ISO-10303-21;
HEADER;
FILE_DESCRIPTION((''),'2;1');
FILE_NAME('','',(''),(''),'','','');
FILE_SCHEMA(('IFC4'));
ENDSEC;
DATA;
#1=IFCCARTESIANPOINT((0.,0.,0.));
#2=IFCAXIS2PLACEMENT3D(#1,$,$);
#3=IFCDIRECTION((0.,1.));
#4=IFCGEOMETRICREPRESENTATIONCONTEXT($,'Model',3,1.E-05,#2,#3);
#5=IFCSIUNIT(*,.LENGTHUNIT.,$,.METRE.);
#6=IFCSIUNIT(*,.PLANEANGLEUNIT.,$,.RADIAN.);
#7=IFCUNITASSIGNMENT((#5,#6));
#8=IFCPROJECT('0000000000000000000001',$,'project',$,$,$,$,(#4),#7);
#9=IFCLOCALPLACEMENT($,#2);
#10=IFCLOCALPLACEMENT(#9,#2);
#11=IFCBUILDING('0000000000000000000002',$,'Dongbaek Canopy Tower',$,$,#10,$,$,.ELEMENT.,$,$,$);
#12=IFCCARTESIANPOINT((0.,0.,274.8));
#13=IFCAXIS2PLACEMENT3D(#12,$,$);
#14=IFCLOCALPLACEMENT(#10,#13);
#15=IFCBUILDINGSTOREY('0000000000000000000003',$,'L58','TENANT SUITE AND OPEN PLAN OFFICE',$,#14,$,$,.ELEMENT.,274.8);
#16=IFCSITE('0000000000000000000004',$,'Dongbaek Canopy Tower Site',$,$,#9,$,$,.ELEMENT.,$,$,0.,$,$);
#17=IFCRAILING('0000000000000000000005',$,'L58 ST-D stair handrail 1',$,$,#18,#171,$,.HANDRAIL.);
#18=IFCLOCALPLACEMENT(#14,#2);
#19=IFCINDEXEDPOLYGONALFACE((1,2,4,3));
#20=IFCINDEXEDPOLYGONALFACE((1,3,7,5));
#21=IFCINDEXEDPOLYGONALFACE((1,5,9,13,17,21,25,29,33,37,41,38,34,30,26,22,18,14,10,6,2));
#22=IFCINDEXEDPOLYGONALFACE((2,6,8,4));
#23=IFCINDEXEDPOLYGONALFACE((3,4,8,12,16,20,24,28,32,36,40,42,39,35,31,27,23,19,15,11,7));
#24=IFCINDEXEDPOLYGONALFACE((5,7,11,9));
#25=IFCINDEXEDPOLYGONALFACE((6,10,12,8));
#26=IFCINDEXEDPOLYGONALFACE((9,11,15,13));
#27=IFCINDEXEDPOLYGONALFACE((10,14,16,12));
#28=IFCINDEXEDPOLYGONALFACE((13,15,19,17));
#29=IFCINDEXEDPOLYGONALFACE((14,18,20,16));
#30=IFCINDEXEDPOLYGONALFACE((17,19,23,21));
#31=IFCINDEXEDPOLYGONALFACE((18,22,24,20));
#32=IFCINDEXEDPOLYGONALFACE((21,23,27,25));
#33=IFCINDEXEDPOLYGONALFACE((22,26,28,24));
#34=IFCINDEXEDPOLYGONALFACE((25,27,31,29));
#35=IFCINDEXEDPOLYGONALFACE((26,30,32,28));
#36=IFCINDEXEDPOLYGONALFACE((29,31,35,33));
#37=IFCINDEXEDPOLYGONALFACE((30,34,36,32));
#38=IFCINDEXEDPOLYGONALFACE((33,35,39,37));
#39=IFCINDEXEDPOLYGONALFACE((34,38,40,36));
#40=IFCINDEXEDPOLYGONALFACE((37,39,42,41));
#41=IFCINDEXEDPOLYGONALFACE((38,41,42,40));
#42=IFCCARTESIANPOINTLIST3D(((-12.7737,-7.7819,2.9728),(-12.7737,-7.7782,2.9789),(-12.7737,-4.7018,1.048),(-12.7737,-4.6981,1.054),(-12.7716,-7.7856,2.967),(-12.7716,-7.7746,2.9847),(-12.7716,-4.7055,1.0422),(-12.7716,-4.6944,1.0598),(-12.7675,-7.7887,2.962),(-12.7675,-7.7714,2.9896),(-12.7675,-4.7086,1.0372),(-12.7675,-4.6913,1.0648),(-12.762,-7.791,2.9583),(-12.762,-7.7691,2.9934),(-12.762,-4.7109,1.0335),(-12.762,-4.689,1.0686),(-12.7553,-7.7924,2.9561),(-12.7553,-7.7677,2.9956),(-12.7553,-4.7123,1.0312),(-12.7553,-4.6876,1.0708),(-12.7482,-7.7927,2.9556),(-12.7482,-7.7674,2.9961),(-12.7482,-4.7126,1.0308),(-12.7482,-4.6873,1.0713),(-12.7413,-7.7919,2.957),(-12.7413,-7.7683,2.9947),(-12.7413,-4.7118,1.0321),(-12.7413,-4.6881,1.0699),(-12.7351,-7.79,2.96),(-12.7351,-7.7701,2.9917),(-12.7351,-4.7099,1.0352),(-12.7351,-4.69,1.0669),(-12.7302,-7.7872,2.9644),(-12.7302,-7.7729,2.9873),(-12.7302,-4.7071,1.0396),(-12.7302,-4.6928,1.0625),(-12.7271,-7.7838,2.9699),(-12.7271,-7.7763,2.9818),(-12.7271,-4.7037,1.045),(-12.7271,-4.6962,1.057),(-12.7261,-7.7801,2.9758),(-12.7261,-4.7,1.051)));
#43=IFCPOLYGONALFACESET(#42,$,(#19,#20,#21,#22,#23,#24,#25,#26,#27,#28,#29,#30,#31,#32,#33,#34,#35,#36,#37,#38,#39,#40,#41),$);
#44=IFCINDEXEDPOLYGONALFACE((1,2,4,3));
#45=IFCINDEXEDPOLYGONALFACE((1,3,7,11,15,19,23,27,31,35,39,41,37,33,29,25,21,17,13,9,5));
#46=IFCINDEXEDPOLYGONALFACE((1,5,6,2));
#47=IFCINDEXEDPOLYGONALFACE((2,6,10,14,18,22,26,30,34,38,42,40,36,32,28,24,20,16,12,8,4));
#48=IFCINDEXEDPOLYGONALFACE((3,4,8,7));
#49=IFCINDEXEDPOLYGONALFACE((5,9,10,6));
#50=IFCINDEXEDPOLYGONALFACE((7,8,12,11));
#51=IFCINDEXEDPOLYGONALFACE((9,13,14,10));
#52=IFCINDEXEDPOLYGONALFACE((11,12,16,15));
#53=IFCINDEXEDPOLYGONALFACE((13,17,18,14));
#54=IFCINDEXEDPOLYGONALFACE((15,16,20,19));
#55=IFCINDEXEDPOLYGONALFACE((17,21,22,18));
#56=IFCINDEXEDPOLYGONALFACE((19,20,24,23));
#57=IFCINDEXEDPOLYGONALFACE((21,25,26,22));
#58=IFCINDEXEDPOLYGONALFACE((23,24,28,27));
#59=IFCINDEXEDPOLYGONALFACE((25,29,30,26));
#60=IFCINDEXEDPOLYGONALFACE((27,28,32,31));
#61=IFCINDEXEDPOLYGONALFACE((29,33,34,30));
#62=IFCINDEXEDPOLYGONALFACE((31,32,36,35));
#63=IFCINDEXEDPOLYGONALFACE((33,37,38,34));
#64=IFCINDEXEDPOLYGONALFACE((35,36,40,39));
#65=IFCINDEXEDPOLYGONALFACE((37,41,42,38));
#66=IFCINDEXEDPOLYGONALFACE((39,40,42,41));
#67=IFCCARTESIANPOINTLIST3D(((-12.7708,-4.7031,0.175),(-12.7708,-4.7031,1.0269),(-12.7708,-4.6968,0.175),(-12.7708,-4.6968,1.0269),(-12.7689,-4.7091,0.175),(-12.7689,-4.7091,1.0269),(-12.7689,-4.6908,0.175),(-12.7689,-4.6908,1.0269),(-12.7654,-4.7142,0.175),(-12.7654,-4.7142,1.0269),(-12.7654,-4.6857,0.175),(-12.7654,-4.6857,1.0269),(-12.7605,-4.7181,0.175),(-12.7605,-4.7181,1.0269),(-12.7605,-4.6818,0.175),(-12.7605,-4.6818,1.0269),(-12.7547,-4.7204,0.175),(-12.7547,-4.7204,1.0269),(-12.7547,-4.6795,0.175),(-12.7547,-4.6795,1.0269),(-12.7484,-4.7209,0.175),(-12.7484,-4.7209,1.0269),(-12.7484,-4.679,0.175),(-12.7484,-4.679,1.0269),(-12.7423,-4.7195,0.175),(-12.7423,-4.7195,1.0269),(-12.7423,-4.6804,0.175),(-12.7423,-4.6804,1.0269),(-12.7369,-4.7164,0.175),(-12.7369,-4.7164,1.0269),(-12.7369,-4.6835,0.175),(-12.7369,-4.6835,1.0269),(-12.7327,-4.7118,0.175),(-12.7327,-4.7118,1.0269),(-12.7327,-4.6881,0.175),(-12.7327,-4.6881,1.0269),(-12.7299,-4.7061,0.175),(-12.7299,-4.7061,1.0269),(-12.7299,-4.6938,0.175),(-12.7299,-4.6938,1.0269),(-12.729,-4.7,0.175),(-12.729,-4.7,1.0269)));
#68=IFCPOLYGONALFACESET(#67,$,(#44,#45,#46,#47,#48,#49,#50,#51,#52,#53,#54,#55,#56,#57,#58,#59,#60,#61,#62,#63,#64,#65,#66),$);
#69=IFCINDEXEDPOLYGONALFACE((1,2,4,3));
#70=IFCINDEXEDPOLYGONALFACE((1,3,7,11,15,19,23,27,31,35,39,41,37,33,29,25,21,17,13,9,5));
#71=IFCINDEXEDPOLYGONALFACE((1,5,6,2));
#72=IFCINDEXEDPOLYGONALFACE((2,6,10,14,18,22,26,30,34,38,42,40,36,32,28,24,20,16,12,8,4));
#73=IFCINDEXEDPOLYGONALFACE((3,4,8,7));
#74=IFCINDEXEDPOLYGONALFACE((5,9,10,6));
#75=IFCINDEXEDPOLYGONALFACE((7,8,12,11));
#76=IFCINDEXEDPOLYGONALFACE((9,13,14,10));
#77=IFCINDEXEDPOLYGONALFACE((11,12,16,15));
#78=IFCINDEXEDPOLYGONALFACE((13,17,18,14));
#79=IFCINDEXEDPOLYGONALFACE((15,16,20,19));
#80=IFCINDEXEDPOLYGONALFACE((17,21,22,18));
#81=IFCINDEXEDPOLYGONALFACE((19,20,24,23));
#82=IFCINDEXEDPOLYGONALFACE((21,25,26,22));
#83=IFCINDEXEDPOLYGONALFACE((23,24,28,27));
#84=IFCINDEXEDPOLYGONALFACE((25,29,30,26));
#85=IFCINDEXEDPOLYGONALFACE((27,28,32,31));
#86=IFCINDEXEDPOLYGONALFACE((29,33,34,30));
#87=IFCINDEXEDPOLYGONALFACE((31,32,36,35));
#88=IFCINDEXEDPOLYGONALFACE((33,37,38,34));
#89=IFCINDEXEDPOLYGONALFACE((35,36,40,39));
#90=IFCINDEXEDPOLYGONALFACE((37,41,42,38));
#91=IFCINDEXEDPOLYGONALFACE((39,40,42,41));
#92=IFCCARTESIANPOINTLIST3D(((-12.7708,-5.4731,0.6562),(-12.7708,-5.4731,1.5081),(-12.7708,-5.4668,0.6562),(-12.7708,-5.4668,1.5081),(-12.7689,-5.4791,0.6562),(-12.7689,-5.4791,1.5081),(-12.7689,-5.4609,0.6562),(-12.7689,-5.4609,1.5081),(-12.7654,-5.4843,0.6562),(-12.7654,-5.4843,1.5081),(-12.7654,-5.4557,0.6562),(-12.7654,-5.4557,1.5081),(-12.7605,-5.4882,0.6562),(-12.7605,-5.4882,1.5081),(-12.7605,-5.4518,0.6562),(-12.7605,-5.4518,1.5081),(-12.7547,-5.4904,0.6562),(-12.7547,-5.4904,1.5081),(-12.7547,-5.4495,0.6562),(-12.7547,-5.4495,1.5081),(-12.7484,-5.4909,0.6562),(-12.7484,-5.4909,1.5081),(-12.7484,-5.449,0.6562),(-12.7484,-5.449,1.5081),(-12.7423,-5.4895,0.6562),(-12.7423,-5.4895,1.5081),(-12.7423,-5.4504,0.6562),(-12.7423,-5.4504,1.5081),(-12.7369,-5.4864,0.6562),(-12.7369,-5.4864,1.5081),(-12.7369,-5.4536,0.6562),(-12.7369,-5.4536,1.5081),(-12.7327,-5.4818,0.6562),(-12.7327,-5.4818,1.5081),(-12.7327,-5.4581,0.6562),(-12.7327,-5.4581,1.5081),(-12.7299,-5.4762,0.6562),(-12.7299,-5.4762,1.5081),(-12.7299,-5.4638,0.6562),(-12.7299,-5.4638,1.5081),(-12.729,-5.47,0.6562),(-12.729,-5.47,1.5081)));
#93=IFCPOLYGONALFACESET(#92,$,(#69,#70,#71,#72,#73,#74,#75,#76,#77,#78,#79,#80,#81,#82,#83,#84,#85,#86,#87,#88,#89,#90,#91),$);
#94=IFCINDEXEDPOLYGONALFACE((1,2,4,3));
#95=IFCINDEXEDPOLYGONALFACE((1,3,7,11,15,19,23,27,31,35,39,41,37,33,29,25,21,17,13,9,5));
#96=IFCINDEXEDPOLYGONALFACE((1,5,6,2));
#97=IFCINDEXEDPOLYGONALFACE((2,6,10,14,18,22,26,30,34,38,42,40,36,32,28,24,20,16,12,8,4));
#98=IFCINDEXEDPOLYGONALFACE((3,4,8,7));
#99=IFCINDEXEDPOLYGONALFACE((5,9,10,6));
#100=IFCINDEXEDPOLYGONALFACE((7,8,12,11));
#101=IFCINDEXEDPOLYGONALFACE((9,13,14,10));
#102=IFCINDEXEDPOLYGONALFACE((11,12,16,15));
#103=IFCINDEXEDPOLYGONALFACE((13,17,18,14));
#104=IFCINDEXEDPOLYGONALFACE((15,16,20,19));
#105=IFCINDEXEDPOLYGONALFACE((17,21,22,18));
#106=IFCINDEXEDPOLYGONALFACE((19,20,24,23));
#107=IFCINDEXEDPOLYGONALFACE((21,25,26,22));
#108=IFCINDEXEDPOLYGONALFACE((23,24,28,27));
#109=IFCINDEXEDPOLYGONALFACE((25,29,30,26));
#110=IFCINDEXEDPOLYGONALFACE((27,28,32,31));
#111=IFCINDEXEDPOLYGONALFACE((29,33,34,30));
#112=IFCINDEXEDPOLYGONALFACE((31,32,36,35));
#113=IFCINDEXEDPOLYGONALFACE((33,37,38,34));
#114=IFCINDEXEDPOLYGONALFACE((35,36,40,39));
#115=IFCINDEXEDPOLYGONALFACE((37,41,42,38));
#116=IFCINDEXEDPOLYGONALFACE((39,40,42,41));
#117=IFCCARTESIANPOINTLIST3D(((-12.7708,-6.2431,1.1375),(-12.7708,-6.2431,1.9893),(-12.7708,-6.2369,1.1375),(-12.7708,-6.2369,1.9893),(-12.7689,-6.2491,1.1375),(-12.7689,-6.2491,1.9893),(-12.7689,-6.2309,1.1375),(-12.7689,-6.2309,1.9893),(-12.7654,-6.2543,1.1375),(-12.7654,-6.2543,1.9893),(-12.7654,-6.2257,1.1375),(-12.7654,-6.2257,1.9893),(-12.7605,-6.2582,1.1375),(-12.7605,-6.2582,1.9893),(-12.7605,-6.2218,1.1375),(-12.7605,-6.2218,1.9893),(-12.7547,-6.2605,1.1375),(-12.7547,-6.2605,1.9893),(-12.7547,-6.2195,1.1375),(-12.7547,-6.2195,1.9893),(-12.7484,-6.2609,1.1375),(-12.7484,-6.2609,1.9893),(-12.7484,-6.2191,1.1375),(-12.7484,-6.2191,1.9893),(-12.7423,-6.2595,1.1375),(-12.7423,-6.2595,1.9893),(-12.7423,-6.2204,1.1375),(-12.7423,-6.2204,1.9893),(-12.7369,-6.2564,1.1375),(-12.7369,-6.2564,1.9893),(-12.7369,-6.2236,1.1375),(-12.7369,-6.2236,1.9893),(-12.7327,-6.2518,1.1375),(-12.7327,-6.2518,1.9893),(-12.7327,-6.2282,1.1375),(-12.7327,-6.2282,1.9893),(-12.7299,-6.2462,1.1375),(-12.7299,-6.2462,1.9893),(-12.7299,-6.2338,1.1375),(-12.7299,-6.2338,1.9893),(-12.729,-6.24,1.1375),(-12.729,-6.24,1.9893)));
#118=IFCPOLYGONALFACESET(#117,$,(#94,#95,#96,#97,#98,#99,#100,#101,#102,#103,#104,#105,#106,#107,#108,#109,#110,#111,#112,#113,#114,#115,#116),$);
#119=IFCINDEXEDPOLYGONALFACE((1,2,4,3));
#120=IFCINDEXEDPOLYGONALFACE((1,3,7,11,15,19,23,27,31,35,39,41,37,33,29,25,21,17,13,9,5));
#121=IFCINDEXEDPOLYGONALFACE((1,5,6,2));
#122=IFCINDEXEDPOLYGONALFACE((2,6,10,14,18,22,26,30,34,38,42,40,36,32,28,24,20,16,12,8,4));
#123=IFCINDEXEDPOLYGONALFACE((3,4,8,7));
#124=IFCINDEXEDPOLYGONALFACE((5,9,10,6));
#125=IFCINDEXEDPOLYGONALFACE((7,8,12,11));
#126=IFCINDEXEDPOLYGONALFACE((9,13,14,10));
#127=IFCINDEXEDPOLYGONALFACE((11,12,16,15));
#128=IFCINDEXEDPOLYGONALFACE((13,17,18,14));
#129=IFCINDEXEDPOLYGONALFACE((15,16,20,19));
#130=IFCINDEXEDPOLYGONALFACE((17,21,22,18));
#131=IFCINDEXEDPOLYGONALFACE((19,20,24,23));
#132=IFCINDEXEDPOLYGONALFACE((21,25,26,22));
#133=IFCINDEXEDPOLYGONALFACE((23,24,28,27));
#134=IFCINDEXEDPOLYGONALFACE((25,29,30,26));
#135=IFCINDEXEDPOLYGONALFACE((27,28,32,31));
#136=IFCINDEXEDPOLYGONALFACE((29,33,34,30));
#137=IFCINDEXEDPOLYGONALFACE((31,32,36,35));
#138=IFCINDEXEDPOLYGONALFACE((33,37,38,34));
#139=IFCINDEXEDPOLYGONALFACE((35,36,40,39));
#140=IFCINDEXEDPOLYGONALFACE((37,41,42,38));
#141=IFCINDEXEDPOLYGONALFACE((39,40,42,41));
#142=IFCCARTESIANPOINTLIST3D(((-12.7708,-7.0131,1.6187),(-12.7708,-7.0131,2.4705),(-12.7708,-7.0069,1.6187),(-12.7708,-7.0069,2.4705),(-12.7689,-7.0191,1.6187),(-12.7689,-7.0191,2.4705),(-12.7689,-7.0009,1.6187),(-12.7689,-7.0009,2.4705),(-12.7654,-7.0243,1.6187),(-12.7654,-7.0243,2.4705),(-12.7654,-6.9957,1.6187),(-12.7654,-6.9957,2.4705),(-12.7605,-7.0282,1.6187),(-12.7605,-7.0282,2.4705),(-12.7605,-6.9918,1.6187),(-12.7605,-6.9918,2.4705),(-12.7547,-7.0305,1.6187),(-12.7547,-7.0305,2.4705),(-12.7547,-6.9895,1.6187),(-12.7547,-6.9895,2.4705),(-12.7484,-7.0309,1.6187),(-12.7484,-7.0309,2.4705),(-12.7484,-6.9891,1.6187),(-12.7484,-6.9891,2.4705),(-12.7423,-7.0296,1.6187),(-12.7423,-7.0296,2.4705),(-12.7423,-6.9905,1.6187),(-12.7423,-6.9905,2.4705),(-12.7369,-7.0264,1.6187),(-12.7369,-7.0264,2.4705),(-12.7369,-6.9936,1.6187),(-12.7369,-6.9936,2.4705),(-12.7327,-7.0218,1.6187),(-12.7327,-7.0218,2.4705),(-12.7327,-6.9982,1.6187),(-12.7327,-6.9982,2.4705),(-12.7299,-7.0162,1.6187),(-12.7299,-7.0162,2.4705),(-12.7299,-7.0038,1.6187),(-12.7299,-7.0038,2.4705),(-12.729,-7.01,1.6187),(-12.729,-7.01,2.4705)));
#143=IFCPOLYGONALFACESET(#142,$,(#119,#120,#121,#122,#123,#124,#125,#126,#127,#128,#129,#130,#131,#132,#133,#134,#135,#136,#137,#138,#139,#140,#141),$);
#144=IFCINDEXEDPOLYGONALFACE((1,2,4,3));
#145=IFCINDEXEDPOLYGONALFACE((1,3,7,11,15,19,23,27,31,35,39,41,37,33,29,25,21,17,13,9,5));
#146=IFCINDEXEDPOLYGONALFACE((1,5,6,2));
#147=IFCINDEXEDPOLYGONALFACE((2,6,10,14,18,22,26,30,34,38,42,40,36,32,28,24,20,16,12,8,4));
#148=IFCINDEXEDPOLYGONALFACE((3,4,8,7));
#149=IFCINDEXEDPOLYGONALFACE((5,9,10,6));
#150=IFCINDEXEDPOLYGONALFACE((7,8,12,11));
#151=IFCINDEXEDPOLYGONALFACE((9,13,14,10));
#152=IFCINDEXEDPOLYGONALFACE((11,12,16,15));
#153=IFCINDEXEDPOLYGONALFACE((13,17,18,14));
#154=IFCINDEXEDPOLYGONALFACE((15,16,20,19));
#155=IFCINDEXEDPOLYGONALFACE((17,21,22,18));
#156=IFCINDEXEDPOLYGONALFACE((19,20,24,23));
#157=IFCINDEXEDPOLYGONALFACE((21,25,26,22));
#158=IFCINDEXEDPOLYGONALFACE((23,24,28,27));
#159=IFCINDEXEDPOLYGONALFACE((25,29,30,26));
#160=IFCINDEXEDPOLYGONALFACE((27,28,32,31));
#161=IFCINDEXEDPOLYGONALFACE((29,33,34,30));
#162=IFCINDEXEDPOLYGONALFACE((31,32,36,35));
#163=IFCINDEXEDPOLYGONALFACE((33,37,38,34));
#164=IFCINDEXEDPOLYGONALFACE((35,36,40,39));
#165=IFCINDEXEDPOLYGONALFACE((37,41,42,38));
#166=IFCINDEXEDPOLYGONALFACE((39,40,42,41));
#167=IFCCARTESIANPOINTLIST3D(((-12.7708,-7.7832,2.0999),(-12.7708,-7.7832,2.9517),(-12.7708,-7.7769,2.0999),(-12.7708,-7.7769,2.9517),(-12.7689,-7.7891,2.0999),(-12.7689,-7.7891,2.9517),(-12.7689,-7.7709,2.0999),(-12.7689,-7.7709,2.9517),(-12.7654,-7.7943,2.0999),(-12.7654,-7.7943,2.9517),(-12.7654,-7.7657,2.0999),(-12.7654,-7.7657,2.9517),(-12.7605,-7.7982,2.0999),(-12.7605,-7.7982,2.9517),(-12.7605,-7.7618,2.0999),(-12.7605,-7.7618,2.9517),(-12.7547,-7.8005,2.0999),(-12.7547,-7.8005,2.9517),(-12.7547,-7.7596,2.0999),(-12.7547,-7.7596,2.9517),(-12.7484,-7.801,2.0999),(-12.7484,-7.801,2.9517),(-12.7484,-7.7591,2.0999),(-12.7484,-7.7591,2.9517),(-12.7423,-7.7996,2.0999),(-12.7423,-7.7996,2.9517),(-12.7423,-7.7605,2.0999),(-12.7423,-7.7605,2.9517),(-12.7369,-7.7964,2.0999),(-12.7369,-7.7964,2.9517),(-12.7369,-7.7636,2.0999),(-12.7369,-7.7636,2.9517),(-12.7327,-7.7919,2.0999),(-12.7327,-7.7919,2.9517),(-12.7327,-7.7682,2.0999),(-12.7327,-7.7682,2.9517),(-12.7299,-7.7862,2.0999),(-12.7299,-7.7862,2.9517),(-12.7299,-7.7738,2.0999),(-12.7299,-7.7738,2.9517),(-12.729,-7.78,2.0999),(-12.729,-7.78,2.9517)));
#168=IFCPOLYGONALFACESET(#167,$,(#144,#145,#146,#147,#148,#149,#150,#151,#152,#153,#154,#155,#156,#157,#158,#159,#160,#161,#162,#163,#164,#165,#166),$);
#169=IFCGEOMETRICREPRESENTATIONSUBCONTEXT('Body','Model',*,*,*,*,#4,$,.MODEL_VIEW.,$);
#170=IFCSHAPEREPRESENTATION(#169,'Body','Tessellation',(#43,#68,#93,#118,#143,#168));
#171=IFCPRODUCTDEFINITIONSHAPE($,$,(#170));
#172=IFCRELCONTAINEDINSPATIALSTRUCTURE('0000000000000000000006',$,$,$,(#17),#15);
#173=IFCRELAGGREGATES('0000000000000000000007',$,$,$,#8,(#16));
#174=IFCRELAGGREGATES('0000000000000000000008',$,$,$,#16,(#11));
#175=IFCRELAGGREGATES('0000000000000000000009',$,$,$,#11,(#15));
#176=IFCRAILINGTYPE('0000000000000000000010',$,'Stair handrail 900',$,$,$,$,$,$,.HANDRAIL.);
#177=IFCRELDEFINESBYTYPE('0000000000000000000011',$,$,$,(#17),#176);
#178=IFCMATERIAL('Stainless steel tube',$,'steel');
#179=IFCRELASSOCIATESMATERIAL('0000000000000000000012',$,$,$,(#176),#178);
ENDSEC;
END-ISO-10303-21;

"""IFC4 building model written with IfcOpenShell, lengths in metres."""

from ifc_helpers import new_model, si_unit, direction, frame, origin, origin_2d, place, context, subcontext, project, spatial, circle, extrude, material, type_object, element, save


model = new_model("IFC4")

# Units and contexts
model_context = context("Model", 3, precision=1e-05, world=origin(), true_north=direction((0.0, 1.0)))
body_context = subcontext(model_context, "Body", "Model", "MODEL_VIEW")
ifc_project = project(units=[si_unit("LENGTHUNIT", "METRE"), si_unit("PLANEANGLEUNIT", "RADIAN")], contexts=[model_context])

# Site, building, storey
site_placement = place(None, origin())
site = spatial("IfcSite", under=ifc_project, at=site_placement, Name="Dongbaek Canopy Tower Site", CompositionType="ELEMENT", RefElevation=0.0)
building_placement = place(site_placement, origin())
building = spatial("IfcBuilding", under=site, at=building_placement, Name="Dongbaek Canopy Tower", CompositionType="ELEMENT")
storey_placement = place(building_placement, frame((0.0, 0.0, 274.8)))
storey = spatial("IfcBuildingStorey", under=building, at=storey_placement, Name="L58", Description="TENANT SUITE AND OPEN PLAN OFFICE", CompositionType="ELEMENT", Elevation=274.8)

# Railing
ifc_material_1 = material(Name="Stainless steel tube", Category="steel")
railing_type_1 = type_object("IfcRailingType", Name="Stair handrail 900", PredefinedType="HANDRAIL", material=ifc_material_1)
railing_1_placement = place(storey_placement, frame((-12.75, -4.7, 0.175)))
element("IfcRailing", 1, at=railing_1_placement, inside=storey, type_object=railing_type_1, Name="L58 ST-D stair handrail 1", PredefinedType="HANDRAIL", context=body_context, shape_type="SweptSolid", body=[
    extrude(circle(Radius=0.0239, at=origin_2d()), frame((0.0, 0.0, 0.876), z_axis=(0.0, -0.848029, 0.529951), x_axis=(1.0, 0.0, 0.0)), (0.0, 0.0, 1.0), 3.6321),
    extrude(circle(Radius=0.021, at=origin_2d()), origin(), (0.0, 0.0, 1.0), 0.8518),
    extrude(circle(Radius=0.021, at=origin_2d()), frame((0.0, -0.77, 0.4812)), (0.0, 0.0, 1.0), 0.8518),
    extrude(circle(Radius=0.021, at=origin_2d()), frame((0.0, -1.54, 0.9624)), (0.0, 0.0, 1.0), 0.8518),
    extrude(circle(Radius=0.021, at=origin_2d()), frame((0.0, -2.3101, 1.4436)), (0.0, 0.0, 1.0), 0.8518),
    extrude(circle(Radius=0.021, at=origin_2d()), frame((0.0, -3.0801, 1.9248)), (0.0, 0.0, 1.0), 0.8518),
])

save(model, "model.ifc")
